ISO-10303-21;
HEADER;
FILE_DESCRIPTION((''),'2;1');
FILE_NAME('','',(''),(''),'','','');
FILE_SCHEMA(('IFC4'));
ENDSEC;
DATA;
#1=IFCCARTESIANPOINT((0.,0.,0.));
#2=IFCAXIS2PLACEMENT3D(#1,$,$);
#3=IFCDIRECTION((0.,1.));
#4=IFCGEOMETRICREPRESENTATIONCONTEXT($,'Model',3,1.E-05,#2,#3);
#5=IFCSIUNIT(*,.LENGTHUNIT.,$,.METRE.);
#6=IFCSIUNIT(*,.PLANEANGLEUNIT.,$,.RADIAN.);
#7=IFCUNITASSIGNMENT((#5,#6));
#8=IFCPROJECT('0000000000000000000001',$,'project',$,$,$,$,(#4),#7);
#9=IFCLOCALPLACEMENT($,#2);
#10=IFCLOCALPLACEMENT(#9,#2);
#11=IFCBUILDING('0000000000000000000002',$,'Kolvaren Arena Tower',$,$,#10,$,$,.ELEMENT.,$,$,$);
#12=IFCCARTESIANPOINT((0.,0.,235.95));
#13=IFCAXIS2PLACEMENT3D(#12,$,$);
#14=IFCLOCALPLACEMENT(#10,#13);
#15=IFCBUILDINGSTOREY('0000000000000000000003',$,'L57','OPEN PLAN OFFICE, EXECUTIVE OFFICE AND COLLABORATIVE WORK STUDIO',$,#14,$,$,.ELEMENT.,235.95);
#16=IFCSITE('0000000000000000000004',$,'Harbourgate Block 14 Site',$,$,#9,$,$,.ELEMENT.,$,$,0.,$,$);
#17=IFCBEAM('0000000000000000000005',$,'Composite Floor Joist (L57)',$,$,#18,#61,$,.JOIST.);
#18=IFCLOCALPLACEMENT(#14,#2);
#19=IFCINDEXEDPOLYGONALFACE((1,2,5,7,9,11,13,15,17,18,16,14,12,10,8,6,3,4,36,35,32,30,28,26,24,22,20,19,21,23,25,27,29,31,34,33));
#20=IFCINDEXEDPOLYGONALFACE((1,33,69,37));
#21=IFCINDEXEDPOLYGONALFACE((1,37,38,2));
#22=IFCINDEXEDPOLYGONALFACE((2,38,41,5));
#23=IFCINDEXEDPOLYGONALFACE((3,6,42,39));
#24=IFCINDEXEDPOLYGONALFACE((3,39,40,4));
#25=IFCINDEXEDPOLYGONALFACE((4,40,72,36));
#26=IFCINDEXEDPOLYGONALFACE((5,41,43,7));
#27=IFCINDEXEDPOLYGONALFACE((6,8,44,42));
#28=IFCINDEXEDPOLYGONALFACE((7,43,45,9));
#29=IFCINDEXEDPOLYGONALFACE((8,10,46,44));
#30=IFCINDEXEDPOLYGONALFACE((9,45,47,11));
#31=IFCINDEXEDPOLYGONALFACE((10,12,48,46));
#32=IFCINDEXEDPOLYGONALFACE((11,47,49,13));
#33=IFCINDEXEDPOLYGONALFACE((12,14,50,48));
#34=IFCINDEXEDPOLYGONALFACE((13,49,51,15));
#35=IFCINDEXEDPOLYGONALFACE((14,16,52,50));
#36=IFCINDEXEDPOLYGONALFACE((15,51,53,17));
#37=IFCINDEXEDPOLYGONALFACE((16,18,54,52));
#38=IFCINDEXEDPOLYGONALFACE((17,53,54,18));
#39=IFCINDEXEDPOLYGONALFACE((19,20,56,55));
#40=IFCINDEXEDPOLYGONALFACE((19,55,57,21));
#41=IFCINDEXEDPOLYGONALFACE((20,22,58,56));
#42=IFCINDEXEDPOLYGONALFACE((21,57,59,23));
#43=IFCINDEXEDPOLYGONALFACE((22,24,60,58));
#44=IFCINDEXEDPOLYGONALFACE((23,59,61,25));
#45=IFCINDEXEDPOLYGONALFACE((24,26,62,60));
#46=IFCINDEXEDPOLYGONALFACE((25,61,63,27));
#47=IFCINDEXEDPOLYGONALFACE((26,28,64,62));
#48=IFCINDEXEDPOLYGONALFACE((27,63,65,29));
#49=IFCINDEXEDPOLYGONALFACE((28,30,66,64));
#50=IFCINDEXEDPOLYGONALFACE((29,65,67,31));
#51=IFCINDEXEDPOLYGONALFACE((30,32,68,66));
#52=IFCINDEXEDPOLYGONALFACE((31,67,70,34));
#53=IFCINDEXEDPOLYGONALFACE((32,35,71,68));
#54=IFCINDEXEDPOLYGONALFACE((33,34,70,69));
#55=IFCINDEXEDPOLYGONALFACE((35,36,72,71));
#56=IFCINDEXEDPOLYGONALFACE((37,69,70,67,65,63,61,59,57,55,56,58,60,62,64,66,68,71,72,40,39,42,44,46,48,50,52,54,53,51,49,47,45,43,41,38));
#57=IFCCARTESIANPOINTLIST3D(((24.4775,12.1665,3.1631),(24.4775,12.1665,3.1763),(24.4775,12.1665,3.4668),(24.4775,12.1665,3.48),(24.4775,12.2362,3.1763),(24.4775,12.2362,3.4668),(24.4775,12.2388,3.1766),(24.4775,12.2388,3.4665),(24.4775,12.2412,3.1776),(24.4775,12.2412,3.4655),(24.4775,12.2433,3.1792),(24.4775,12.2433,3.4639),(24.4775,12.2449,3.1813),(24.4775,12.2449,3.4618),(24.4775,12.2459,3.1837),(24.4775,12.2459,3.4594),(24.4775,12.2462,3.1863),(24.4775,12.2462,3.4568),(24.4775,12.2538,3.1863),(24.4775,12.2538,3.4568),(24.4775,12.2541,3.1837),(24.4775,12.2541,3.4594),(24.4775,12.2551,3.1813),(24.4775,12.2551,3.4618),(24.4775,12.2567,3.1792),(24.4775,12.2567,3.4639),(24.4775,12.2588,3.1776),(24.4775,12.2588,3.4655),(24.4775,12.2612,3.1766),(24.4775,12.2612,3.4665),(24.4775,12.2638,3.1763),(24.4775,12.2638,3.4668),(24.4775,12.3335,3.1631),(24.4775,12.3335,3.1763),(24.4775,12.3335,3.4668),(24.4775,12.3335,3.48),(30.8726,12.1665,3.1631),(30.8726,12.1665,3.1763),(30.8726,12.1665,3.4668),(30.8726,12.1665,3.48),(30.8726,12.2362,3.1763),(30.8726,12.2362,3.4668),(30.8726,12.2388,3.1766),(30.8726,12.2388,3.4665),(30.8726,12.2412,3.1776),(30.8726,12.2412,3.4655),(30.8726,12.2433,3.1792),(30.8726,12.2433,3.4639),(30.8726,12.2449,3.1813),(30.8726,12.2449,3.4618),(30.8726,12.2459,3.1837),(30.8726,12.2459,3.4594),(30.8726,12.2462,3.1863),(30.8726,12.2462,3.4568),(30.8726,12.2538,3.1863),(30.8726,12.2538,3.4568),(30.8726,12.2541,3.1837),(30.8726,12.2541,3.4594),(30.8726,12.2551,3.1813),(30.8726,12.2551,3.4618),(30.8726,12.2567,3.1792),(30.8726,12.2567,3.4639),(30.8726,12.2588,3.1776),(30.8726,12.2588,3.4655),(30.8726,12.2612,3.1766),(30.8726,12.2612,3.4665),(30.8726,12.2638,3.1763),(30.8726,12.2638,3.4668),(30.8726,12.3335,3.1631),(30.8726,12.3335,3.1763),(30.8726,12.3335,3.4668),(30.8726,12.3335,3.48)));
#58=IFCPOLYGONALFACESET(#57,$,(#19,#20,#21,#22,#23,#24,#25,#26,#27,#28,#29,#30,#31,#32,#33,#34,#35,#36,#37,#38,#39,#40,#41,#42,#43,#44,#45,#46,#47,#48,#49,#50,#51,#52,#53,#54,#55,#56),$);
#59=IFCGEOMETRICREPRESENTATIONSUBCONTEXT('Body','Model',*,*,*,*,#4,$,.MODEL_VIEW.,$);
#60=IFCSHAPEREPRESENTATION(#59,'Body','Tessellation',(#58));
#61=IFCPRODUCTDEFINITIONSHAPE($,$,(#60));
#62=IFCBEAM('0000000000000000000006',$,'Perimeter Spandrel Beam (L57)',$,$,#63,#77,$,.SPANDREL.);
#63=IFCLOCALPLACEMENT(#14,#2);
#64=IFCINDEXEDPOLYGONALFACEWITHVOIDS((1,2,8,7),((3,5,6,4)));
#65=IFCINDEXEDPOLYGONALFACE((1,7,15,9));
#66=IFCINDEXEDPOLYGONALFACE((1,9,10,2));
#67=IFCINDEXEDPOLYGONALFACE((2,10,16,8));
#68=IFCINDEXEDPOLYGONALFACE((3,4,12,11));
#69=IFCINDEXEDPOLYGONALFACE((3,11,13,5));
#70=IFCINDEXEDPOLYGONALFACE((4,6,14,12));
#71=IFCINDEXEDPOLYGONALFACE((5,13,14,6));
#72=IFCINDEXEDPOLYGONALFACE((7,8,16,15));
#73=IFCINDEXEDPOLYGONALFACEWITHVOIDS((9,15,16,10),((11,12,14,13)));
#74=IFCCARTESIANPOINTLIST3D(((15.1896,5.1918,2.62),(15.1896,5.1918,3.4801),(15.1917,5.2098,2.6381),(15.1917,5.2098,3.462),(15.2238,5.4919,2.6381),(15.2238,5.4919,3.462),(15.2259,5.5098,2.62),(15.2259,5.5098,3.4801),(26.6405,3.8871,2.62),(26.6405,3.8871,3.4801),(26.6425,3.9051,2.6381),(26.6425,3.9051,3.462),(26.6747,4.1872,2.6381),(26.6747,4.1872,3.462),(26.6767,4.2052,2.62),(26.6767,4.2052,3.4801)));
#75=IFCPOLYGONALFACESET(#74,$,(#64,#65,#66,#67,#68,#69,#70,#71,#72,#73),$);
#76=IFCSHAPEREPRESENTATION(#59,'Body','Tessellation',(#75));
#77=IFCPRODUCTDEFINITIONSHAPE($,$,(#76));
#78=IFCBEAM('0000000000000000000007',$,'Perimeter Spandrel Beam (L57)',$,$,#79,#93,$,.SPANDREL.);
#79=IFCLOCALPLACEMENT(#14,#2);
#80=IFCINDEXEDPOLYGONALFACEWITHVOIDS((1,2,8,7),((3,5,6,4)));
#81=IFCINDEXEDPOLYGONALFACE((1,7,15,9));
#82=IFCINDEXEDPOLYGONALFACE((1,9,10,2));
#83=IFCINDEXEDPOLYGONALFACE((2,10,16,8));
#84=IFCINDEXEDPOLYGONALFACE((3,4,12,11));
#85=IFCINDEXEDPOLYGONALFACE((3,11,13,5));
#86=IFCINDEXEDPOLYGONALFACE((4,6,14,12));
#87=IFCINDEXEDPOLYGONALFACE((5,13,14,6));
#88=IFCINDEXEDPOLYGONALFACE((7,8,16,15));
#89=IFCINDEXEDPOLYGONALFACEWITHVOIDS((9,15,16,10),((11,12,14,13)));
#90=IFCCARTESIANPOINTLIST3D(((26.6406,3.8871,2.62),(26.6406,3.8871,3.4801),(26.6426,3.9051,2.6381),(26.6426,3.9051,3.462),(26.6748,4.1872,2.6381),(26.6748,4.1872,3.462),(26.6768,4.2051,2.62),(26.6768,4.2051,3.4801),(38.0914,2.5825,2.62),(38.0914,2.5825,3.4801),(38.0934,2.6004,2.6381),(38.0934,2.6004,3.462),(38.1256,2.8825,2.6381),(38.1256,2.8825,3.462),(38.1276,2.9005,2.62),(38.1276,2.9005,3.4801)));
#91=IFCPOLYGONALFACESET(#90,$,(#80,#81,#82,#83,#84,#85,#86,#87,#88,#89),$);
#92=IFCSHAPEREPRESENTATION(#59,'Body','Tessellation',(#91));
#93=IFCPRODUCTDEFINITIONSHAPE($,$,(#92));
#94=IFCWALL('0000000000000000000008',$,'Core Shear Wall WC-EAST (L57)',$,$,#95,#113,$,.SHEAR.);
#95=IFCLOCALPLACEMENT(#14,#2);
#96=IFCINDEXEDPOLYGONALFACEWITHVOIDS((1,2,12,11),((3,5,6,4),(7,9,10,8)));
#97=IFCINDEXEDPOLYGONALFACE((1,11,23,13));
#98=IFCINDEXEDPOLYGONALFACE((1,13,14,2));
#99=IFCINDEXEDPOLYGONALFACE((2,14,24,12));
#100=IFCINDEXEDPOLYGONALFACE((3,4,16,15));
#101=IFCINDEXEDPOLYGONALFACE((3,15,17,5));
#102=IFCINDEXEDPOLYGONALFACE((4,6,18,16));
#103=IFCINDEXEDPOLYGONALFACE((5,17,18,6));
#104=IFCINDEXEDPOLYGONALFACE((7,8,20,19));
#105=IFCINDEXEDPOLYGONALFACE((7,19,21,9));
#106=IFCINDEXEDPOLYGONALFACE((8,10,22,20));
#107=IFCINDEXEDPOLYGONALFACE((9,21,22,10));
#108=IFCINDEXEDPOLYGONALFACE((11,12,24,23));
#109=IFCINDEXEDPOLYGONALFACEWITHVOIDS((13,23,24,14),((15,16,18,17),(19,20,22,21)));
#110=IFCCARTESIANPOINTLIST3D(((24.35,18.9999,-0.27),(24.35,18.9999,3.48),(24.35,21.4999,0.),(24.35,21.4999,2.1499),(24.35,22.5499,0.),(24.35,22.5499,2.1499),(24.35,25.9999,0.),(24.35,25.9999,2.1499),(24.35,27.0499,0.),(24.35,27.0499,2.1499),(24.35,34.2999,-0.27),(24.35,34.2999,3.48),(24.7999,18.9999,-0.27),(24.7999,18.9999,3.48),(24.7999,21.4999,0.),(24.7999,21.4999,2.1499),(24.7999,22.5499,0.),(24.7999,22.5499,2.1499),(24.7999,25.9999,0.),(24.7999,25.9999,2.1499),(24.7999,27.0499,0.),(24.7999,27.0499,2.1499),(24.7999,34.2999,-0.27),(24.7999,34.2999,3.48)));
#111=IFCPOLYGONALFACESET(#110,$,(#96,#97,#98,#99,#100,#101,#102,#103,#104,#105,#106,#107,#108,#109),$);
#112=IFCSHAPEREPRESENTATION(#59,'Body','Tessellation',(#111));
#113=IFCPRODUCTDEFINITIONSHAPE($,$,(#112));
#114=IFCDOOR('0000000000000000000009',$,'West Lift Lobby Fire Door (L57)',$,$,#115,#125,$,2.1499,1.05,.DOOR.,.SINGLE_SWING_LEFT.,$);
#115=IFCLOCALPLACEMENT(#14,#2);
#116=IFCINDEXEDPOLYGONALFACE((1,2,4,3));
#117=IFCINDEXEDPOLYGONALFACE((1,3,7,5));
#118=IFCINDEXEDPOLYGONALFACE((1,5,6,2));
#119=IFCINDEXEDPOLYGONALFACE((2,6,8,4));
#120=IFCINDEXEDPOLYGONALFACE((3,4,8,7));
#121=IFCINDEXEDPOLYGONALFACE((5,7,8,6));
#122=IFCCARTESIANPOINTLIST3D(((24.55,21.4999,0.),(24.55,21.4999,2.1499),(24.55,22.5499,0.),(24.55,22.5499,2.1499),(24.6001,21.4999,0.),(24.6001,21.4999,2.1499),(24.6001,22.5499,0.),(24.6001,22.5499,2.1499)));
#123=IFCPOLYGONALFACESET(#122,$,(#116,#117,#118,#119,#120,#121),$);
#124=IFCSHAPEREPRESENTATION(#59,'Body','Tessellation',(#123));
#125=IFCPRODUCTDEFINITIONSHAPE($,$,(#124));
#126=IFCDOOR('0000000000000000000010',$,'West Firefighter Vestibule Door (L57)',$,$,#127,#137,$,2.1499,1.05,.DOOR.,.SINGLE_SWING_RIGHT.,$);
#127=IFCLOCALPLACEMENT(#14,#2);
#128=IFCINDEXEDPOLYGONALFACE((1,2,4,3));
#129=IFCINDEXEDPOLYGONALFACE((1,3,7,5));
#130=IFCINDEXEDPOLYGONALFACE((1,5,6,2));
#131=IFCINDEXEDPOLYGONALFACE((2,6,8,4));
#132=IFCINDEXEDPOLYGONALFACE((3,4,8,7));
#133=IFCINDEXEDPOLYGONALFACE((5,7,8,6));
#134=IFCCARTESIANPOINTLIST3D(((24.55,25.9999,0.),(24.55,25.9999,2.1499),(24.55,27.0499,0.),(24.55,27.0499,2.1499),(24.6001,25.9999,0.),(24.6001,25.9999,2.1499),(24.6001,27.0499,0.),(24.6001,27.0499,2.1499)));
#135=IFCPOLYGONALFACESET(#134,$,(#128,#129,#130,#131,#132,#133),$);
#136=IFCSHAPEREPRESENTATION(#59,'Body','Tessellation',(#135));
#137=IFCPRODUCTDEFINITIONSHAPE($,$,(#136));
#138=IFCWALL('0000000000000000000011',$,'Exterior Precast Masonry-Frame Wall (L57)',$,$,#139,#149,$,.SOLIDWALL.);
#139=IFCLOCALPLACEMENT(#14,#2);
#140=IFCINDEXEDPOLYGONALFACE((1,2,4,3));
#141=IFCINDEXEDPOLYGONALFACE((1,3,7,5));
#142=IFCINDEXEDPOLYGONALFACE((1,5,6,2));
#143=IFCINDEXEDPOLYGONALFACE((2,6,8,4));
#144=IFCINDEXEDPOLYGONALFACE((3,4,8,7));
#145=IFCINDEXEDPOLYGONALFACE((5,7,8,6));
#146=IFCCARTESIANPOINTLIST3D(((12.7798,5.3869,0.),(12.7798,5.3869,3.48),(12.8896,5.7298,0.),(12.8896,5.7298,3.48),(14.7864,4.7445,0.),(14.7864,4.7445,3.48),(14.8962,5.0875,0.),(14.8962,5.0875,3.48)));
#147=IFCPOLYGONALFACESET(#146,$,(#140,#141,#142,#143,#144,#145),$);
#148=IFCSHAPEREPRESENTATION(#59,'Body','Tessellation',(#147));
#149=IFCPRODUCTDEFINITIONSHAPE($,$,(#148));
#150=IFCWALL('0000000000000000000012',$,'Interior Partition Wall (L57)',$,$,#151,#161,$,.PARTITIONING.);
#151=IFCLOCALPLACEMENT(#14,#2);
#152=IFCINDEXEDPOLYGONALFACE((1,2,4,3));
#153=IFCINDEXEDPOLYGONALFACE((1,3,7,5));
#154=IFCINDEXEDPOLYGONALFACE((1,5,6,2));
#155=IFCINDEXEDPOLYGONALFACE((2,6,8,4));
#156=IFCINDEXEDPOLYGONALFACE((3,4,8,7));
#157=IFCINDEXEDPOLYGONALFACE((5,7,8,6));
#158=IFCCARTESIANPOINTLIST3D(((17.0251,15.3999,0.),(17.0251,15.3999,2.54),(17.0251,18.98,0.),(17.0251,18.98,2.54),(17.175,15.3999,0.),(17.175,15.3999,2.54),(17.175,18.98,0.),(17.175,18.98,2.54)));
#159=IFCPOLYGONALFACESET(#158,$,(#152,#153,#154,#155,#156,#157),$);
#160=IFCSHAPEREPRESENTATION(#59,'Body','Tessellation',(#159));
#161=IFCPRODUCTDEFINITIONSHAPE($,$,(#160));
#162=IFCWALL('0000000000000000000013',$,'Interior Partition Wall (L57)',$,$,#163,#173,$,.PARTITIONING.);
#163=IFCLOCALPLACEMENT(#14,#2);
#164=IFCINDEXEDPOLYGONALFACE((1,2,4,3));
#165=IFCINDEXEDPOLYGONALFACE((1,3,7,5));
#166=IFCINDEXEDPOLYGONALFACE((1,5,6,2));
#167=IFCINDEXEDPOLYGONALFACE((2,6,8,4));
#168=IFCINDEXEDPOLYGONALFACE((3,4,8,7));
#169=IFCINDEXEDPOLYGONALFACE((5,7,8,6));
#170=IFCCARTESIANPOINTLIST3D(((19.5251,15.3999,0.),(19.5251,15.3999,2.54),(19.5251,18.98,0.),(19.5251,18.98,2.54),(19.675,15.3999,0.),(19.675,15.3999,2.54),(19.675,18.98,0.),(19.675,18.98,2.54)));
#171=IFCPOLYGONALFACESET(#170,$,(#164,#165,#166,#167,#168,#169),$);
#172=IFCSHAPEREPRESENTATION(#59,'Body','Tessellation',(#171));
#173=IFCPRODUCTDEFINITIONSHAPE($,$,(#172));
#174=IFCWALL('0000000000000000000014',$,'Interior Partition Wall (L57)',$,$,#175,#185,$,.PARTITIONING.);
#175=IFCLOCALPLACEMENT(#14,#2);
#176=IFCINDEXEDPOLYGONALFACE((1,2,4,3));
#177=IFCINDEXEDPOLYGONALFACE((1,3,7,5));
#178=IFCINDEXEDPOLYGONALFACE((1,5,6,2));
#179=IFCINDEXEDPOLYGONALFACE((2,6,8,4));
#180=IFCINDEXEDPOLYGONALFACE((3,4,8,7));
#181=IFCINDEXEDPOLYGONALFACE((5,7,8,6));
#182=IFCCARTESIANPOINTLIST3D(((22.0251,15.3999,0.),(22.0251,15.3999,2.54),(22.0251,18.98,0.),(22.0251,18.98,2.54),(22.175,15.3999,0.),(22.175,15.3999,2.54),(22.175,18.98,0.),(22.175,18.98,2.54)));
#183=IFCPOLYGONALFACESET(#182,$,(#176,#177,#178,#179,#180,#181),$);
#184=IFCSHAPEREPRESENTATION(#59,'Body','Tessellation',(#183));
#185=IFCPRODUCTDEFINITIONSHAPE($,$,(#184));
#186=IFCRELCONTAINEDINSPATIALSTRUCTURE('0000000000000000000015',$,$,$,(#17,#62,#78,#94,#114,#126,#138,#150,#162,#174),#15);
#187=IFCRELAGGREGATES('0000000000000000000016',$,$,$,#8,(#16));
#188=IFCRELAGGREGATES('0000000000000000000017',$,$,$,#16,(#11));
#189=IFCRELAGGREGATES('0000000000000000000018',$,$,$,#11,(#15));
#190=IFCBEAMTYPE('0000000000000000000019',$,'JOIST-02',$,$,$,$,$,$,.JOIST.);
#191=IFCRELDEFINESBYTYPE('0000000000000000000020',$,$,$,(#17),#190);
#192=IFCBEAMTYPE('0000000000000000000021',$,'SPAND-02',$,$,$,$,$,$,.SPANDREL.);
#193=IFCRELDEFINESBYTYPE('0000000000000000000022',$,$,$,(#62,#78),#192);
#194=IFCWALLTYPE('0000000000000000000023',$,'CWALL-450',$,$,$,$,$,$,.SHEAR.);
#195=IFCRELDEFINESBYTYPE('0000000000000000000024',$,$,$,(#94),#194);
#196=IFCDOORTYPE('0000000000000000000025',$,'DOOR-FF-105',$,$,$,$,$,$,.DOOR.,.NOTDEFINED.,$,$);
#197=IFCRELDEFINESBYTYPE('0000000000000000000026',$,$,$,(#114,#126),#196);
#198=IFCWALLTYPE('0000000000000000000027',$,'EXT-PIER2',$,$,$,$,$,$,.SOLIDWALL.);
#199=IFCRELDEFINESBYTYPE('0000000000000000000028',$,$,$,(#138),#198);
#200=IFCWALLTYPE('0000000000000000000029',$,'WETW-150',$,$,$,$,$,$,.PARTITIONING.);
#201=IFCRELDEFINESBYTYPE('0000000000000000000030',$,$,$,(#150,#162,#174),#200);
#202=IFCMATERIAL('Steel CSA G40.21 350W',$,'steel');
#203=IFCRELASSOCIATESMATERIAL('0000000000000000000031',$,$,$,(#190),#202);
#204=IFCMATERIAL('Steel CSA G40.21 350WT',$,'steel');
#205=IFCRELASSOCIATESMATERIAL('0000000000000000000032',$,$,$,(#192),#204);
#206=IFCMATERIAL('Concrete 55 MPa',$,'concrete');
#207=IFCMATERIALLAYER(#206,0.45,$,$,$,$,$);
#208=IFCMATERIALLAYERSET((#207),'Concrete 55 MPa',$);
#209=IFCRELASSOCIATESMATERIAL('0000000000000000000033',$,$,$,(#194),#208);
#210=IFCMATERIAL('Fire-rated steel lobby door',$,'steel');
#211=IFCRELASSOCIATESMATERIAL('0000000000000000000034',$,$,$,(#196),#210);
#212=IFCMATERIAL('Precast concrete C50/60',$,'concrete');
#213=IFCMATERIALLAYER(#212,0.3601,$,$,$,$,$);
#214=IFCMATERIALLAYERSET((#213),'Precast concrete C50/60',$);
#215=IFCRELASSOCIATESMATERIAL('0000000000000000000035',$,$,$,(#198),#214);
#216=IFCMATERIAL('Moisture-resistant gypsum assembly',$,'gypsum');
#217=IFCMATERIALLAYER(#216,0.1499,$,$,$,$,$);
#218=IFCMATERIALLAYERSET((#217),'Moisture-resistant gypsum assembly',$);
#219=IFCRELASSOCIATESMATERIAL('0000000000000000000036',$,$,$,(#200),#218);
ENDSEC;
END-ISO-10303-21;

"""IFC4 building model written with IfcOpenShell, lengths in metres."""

from ifc_helpers import new_model, si_unit, direction, frame, frame_2d, origin, origin_2d, place, context, subcontext, project, spatial, rectangle, hollow_rectangle, i_section, extrude, material, layer, layer_set, material_profile, profile_set, type_object, element, fill, save


model = new_model("IFC4")

# Units and contexts
model_context = context("Model", 3, precision=1e-05, world=origin(), true_north=direction((0.0, 1.0)))
body_context = subcontext(model_context, "Body", "Model", "MODEL_VIEW")
ifc_project = project(units=[si_unit("LENGTHUNIT", "METRE"), si_unit("PLANEANGLEUNIT", "RADIAN")], contexts=[model_context])

# Site, building, storey
site_placement = place(None, origin())
site = spatial("IfcSite", under=ifc_project, at=site_placement, Name="Harbourgate Block 14 Site", CompositionType="ELEMENT", RefElevation=0.0)
building_placement = place(site_placement, origin())
building = spatial("IfcBuilding", under=site, at=building_placement, Name="Kolvaren Arena Tower", CompositionType="ELEMENT")
storey_placement = place(building_placement, frame((0.0, 0.0, 235.95)))
storey = spatial("IfcBuildingStorey", under=building, at=storey_placement, Name="L57", Description="OPEN PLAN OFFICE, EXECUTIVE OFFICE AND COLLABORATIVE WORK STUDIO", CompositionType="ELEMENT", Elevation=235.95)

# Beams
ifc_material_1 = material(Name="Steel CSA G40.21 350W", Category="steel")
ifc_material_profile_1 = material_profile(ifc_material_1, i_section(OverallWidth=0.167, OverallDepth=0.3169, WebThickness=0.0076, FlangeThickness=0.0132, FilletRadius=0.01, at=origin_2d()), Name="W310x52")
ifc_profile_set_1 = profile_set([ifc_material_profile_1], Name="Steel CSA G40.21 350W")
beam_type_1 = type_object("IfcBeamType", Name="JOIST-02", PredefinedType="JOIST", material=ifc_profile_set_1)
for number, where, z_axis, x_axis, name in (
    (1, (24.4775, 12.25, 3.3215), (1.0, 0.0, 0.0), (0.0, 1.0, 0.0), "Composite Floor Joist (L57)"),
):
    element("IfcBeam", number, at=place(storey_placement, frame(where, z_axis=z_axis, x_axis=x_axis)), inside=storey, type_object=beam_type_1, Name=name, PredefinedType="JOIST", context=body_context, shape_type="SweptSolid", body=[
        extrude(i_section(OverallWidth=0.167, OverallDepth=0.3169, WebThickness=0.0076, FlangeThickness=0.0132, FilletRadius=0.01, at=origin_2d()), origin(), (0.0, 0.0, 1.0), 6.395),
    ])
ifc_material_2 = material(Name="Steel CSA G40.21 350WT", Category="steel")
ifc_material_profile_2 = material_profile(ifc_material_2, hollow_rectangle(XDim=0.3201, YDim=0.8601, WallThickness=0.0181, at=origin_2d()), Name="HSS 860x320x18")
ifc_profile_set_2 = profile_set([ifc_material_profile_2], Name="Steel CSA G40.21 350WT")
beam_type_2 = type_object("IfcBeamType", Name="SPAND-02", PredefinedType="SPANDREL", material=ifc_profile_set_2)
for number, where, z_axis, x_axis, name in (
    (2, (15.2078, 5.3508, 3.05), (0.993572, -0.113205, 0.0), (0.113205, 0.993572, 0.0), "Perimeter Spandrel Beam (L57)"),
    (3, (26.6587, 4.0461, 3.05), (0.993572, -0.113205, 0.0), (0.113205, 0.993572, 0.0), "Perimeter Spandrel Beam (L57)"),
):
    element("IfcBeam", number, at=place(storey_placement, frame(where, z_axis=z_axis, x_axis=x_axis)), inside=storey, type_object=beam_type_2, Name=name, PredefinedType="SPANDREL", context=body_context, shape_type="SweptSolid", body=[
        extrude(hollow_rectangle(XDim=0.3201, YDim=0.8601, WallThickness=0.0181, at=origin_2d()), origin(), (0.0, 0.0, 1.0), 11.5249),
    ])

# Wall, openings, doors
ifc_material_3 = material(Name="Concrete 55 MPa", Category="concrete")
ifc_layer_1 = layer(ifc_material_3, 0.45)
ifc_layer_set_1 = layer_set([ifc_layer_1], Name="Concrete 55 MPa")
wall_type_1 = type_object("IfcWallType", Name="CWALL-450", PredefinedType="SHEAR", material=ifc_layer_set_1)
wall_1_placement = place(storey_placement, frame((24.575, 19.0, -0.27), z_axis=(0.0, 0.0, 1.0), x_axis=(0.0, 1.0, 0.0)))
wall_1 = element("IfcWall", 4, at=wall_1_placement, inside=storey, type_object=wall_type_1, Name="Core Shear Wall WC-EAST (L57)", PredefinedType="SHEAR", context=body_context, shape_type="SweptSolid", body=[
    extrude(rectangle(XDim=15.3, YDim=0.45, at=frame_2d((7.6499, 0.0))), origin(), (0.0, 0.0, 1.0), 3.75),
])
opening_1_placement = place(wall_1_placement, frame((2.5, 0.0, 0.27)))
opening_1 = element("IfcOpeningElement", 5, at=opening_1_placement, cuts=wall_1, PredefinedType="OPENING", context=body_context, shape_type="SweptSolid", body=[
    extrude(rectangle(XDim=1.05, YDim=2.1499, at=frame_2d((0.5249, 1.075))), frame((0.0, 0.2349, 0.0), z_axis=(0.0, -1.0, 0.0), x_axis=(1.0, 0.0, 0.0)), (0.0, 0.0, 1.0), 0.47),
])
opening_2_placement = place(wall_1_placement, frame((7.0, 0.0, 0.27)))
opening_2 = element("IfcOpeningElement", 6, at=opening_2_placement, cuts=wall_1, PredefinedType="OPENING", context=body_context, shape_type="SweptSolid", body=[
    extrude(rectangle(XDim=1.05, YDim=2.1499, at=frame_2d((0.5249, 1.075))), frame((0.0, 0.2349, 0.0), z_axis=(0.0, -1.0, 0.0), x_axis=(1.0, 0.0, 0.0)), (0.0, 0.0, 1.0), 0.47),
])
ifc_material_4 = material(Name="Fire-rated steel lobby door", Category="steel")
door_type = type_object("IfcDoorType", Name="DOOR-FF-105", OperationType="NOTDEFINED", PredefinedType="DOOR", material=ifc_material_4)
door_1_placement = place(opening_1_placement, origin())
door_1 = element("IfcDoor", 7, at=door_1_placement, inside=storey, type_object=door_type, Name="West Lift Lobby Fire Door (L57)", OperationType="SINGLE_SWING_LEFT", OverallHeight=2.1499, OverallWidth=1.05, PredefinedType="DOOR", context=body_context, shape_type="SweptSolid", body=[
    extrude(rectangle(XDim=1.05, YDim=2.1499, at=frame_2d((0.5249, 1.075))), frame((0.0, 0.0249, 0.0), z_axis=(0.0, -1.0, 0.0), x_axis=(1.0, 0.0, 0.0)), (0.0, 0.0, 1.0), 0.05),
])
fill(opening_1, door_1)
door_2_placement = place(opening_2_placement, origin())
door_2 = element("IfcDoor", 8, at=door_2_placement, inside=storey, type_object=door_type, Name="West Firefighter Vestibule Door (L57)", OperationType="SINGLE_SWING_RIGHT", OverallHeight=2.1499, OverallWidth=1.05, PredefinedType="DOOR", context=body_context, shape_type="SweptSolid", body=[
    extrude(rectangle(XDim=1.05, YDim=2.1499, at=frame_2d((0.5249, 1.075))), frame((0.0, 0.0249, 0.0), z_axis=(0.0, -1.0, 0.0), x_axis=(1.0, 0.0, 0.0)), (0.0, 0.0, 1.0), 0.05),
])
fill(opening_2, door_2)

# Walls
ifc_material_5 = material(Name="Precast concrete C50/60", Category="concrete")
ifc_layer_2 = layer(ifc_material_5, 0.3601)
ifc_layer_set_2 = layer_set([ifc_layer_2], Name="Precast concrete C50/60")
wall_type_2 = type_object("IfcWallType", Name="EXT-PIER2", PredefinedType="SOLIDWALL", material=ifc_layer_set_2)
wall_2_placement = place(storey_placement, frame((14.8413, 4.916, 0.0), z_axis=(0.0, 0.0, 1.0), x_axis=(-0.952393, 0.304872, 0.0)))
element("IfcWall", 9, at=wall_2_placement, inside=storey, type_object=wall_type_2, Name="Exterior Precast Masonry-Frame Wall (L57)", PredefinedType="SOLIDWALL", context=body_context, shape_type="SweptSolid", body=[
    extrude(rectangle(XDim=2.1069, YDim=0.3601, at=frame_2d((1.0535, 0.0))), origin(), (0.0, 0.0, 1.0), 3.48),
])
ifc_material_6 = material(Name="Moisture-resistant gypsum assembly", Category="gypsum")
ifc_layer_3 = layer(ifc_material_6, 0.1499)
ifc_layer_set_3 = layer_set([ifc_layer_3], Name="Moisture-resistant gypsum assembly")
wall_type_3 = type_object("IfcWallType", Name="WETW-150", PredefinedType="PARTITIONING", material=ifc_layer_set_3)
for number, where, z_axis, x_axis, name in (
    (10, (17.1001, 15.3999, 0.0), (0.0, 0.0, 1.0), (0.0, 1.0, 0.0), "Interior Partition Wall (L57)"),
    (11, (19.6001, 15.3999, 0.0), (0.0, 0.0, 1.0), (0.0, 1.0, 0.0), "Interior Partition Wall (L57)"),
    (12, (22.1001, 15.3999, 0.0), (0.0, 0.0, 1.0), (0.0, 1.0, 0.0), "Interior Partition Wall (L57)"),
):
    element("IfcWall", number, at=place(storey_placement, frame(where, z_axis=z_axis, x_axis=x_axis)), inside=storey, type_object=wall_type_3, Name=name, PredefinedType="PARTITIONING", context=body_context, shape_type="SweptSolid", body=[
        extrude(rectangle(XDim=3.5801, YDim=0.1499, at=frame_2d((1.79, 0.0))), origin(), (0.0, 0.0, 1.0), 2.54),
    ])

save(model, "model.ifc")
